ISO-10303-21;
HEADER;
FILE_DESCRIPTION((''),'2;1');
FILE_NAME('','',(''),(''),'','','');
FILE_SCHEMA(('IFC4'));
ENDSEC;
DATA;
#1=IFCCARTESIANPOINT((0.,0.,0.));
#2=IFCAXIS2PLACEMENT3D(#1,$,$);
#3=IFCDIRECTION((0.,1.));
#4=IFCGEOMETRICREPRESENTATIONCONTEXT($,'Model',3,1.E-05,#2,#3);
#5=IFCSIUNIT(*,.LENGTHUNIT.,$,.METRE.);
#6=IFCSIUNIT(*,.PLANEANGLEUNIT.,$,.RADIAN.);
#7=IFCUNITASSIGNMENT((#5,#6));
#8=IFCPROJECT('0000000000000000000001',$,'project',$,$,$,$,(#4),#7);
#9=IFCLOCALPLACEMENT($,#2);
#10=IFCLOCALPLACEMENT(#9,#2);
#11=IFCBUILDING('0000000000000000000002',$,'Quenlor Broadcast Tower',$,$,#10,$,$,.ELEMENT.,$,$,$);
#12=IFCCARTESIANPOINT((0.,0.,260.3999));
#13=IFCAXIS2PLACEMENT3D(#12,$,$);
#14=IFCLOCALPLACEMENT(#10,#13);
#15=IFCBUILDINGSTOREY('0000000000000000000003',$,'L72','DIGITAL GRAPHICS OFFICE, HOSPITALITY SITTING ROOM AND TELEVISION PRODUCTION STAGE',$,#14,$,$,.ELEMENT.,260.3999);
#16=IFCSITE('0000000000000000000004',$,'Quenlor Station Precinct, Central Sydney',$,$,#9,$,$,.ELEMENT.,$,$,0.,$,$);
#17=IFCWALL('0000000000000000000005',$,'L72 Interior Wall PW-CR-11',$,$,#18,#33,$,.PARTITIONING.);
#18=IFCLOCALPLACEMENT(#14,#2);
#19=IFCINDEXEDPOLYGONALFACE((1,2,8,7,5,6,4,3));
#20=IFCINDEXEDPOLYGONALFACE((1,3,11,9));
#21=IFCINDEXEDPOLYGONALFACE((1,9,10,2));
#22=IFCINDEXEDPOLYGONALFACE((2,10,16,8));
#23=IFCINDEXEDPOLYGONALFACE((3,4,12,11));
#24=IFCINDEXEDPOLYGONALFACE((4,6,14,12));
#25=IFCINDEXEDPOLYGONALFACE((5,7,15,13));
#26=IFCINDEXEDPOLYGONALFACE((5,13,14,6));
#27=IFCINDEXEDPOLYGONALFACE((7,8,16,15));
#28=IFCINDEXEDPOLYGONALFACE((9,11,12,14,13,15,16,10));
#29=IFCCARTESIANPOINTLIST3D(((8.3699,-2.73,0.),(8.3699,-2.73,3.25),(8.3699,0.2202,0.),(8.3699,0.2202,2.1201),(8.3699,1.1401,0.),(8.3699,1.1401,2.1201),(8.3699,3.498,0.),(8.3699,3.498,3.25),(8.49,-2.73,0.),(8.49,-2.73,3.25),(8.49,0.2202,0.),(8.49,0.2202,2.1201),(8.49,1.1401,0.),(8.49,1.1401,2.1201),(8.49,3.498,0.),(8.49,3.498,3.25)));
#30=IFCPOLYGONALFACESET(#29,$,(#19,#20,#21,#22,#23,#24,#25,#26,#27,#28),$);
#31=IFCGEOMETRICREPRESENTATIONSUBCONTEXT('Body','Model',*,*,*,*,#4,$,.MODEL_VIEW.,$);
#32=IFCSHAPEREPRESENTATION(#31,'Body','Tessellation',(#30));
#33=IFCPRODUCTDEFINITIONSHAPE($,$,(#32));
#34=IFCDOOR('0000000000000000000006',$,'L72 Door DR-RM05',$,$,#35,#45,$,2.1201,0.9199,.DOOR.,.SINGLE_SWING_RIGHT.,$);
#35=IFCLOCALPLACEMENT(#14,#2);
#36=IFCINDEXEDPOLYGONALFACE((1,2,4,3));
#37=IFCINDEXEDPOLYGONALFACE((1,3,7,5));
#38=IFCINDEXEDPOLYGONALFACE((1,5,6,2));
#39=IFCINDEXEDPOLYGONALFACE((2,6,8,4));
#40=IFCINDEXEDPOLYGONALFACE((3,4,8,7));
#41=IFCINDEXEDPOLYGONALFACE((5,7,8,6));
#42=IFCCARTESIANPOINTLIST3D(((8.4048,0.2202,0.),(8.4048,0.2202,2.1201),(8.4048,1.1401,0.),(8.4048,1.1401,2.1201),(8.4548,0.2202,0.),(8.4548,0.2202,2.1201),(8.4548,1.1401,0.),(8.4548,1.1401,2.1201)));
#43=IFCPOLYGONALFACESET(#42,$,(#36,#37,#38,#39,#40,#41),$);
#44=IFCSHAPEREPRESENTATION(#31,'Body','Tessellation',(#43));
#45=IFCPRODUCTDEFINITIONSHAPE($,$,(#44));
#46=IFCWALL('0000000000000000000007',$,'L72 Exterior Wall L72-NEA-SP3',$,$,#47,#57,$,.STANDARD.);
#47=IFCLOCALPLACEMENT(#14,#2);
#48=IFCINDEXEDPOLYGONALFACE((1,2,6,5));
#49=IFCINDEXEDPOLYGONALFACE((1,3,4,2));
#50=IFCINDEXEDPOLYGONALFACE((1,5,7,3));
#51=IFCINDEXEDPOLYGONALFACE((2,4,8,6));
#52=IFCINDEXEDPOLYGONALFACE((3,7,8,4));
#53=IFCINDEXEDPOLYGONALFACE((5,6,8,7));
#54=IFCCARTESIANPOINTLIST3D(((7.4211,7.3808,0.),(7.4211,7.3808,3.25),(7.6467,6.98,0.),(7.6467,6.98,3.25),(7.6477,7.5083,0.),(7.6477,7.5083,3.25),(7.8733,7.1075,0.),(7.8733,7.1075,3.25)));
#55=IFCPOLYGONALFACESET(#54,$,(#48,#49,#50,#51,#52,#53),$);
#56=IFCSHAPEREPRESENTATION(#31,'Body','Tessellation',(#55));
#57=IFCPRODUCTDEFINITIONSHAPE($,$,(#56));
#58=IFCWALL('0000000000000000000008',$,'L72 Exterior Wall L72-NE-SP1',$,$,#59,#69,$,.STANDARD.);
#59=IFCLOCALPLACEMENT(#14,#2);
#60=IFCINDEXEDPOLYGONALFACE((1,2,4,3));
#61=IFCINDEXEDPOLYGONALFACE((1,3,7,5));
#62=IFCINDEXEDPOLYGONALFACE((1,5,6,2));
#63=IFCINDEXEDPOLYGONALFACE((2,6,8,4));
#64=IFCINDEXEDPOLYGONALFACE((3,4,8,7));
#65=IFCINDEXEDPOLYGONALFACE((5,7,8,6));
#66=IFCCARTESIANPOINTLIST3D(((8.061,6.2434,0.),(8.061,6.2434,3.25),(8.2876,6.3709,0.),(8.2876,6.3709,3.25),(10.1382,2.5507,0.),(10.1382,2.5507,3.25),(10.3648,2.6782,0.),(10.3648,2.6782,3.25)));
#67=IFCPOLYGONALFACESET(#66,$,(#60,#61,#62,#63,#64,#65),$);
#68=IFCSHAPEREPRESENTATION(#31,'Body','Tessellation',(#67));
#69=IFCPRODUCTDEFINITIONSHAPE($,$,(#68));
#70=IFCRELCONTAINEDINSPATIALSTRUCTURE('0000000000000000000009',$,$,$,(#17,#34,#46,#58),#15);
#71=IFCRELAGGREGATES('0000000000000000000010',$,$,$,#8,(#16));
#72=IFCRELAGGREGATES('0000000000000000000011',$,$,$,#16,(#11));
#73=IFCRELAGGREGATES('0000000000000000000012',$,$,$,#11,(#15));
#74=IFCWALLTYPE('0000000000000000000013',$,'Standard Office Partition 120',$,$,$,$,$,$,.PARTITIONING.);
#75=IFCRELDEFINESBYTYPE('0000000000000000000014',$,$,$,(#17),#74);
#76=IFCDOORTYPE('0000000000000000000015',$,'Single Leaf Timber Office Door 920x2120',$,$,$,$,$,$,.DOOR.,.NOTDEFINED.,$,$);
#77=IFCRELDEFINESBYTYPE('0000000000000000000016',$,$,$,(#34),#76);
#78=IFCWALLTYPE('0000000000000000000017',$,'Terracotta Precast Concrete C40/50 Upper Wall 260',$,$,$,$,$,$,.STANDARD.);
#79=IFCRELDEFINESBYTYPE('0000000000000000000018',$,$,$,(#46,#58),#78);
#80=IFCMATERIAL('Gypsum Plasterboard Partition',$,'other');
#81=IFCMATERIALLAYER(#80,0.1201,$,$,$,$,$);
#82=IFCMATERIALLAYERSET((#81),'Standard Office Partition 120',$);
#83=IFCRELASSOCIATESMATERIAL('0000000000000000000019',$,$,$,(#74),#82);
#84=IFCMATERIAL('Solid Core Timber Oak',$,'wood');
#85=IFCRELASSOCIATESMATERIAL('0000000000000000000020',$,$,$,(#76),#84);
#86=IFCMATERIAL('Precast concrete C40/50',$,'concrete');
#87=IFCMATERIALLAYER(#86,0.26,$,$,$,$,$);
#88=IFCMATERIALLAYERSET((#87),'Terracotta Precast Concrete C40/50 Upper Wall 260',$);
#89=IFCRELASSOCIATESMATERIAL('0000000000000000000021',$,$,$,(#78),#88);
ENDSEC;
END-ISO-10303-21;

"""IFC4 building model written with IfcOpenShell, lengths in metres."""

from ifc_helpers import new_model, si_unit, direction, frame, frame_2d, origin, place, context, subcontext, project, spatial, rectangle, extrude, material, layer, layer_set, type_object, element, fill, save


model = new_model("IFC4")

# Units and contexts
model_context = context("Model", 3, precision=1e-05, world=origin(), true_north=direction((0.0, 1.0)))
body_context = subcontext(model_context, "Body", "Model", "MODEL_VIEW")
ifc_project = project(units=[si_unit("LENGTHUNIT", "METRE"), si_unit("PLANEANGLEUNIT", "RADIAN")], contexts=[model_context])

# Site, building, storey
site_placement = place(None, origin())
site = spatial("IfcSite", under=ifc_project, at=site_placement, Name="Quenlor Station Precinct, Central Sydney", CompositionType="ELEMENT", RefElevation=0.0)
building_placement = place(site_placement, origin())
building = spatial("IfcBuilding", under=site, at=building_placement, Name="Quenlor Broadcast Tower", CompositionType="ELEMENT")
storey_placement = place(building_placement, frame((0.0, 0.0, 260.3999)))
storey = spatial("IfcBuildingStorey", under=building, at=storey_placement, Name="L72", Description="DIGITAL GRAPHICS OFFICE, HOSPITALITY SITTING ROOM AND TELEVISION PRODUCTION STAGE", CompositionType="ELEMENT", Elevation=260.3999)

# Shared definitions
ifc_material_1 = material(Name="Gypsum Plasterboard Partition", Category="other")
ifc_layer_1 = layer(ifc_material_1, 0.1201)
ifc_layer_set_1 = layer_set([ifc_layer_1], Name="Standard Office Partition 120")
wall_type_1 = type_object("IfcWallType", Name="Standard Office Partition 120", PredefinedType="PARTITIONING", material=ifc_layer_set_1)

# Wall, opening, door
wall_1_placement = place(storey_placement, frame((8.4299, 3.498, 0.0), z_axis=(0.0, 0.0, 1.0), x_axis=(0.0, -1.0, 0.0)))
wall_1 = element("IfcWall", 1, at=wall_1_placement, inside=storey, type_object=wall_type_1, Name="L72 Interior Wall PW-CR-11", PredefinedType="PARTITIONING", context=body_context, shape_type="SweptSolid", body=[
    extrude(rectangle(XDim=6.228, YDim=0.1201, at=frame_2d((3.114, 0.0))), origin(), (0.0, 0.0, 1.0), 3.25),
])
opening_placement = place(wall_1_placement, frame((2.3579, 0.0, 0.0)))
opening = element("IfcOpeningElement", 2, at=opening_placement, cuts=wall_1, PredefinedType="OPENING", context=body_context, shape_type="SweptSolid", body=[
    extrude(rectangle(XDim=0.9199, YDim=2.1201, at=frame_2d((0.46, 1.0601))), frame((0.0, 0.0701, 0.0), z_axis=(0.0, -1.0, 0.0), x_axis=(1.0, 0.0, 0.0)), (0.0, 0.0, 1.0), 0.1401),
])
ifc_material_2 = material(Name="Solid Core Timber Oak", Category="wood")
door_type = type_object("IfcDoorType", Name="Single Leaf Timber Office Door 920x2120", OperationType="NOTDEFINED", PredefinedType="DOOR", material=ifc_material_2)
door_placement = place(opening_placement, origin())
door = element("IfcDoor", 3, at=door_placement, inside=storey, type_object=door_type, Name="L72 Door DR-RM05", OperationType="SINGLE_SWING_RIGHT", OverallHeight=2.1201, OverallWidth=0.9199, PredefinedType="DOOR", context=body_context, shape_type="SweptSolid", body=[
    extrude(rectangle(XDim=0.9199, YDim=2.1201, at=frame_2d((0.46, 1.0601))), frame((0.0, 0.0249, 0.0), z_axis=(0.0, -1.0, 0.0), x_axis=(1.0, 0.0, 0.0)), (0.0, 0.0, 1.0), 0.05),
])
fill(opening, door)

# Walls
ifc_material_3 = material(Name="Precast concrete C40/50", Category="concrete")
ifc_layer_2 = layer(ifc_material_3, 0.26)
ifc_layer_set_2 = layer_set([ifc_layer_2], Name="Terracotta Precast Concrete C40/50 Upper Wall 260")
wall_type_2 = type_object("IfcWallType", Name="Terracotta Precast Concrete C40/50 Upper Wall 260", PredefinedType="STANDARD", material=ifc_layer_set_2)
wall_2_placement = place(storey_placement, frame((7.5344, 7.4446, 0.0), z_axis=(0.0, 0.0, 1.0), x_axis=(0.490412, -0.87149, 0.0)))
element("IfcWall", 4, at=wall_2_placement, inside=storey, type_object=wall_type_2, Name="L72 Exterior Wall L72-NEA-SP3", PredefinedType="STANDARD", context=body_context, shape_type="SweptSolid", body=[
    extrude(rectangle(XDim=0.46, YDim=0.26, at=frame_2d((0.23, 0.0))), origin(), (0.0, 0.0, 1.0), 3.25),
])
wall_3_placement = place(storey_placement, frame((8.1743, 6.3071, 0.0), z_axis=(0.0, 0.0, 1.0), x_axis=(0.490269, -0.871571, 0.0)))
element("IfcWall", 5, at=wall_3_placement, inside=storey, type_object=wall_type_2, Name="L72 Exterior Wall L72-NE-SP1", PredefinedType="STANDARD", context=body_context, shape_type="SweptSolid", body=[
    extrude(rectangle(XDim=4.2368, YDim=0.26, at=frame_2d((2.1184, 0.0))), origin(), (0.0, 0.0, 1.0), 3.25),
])

save(model, "model.ifc")
